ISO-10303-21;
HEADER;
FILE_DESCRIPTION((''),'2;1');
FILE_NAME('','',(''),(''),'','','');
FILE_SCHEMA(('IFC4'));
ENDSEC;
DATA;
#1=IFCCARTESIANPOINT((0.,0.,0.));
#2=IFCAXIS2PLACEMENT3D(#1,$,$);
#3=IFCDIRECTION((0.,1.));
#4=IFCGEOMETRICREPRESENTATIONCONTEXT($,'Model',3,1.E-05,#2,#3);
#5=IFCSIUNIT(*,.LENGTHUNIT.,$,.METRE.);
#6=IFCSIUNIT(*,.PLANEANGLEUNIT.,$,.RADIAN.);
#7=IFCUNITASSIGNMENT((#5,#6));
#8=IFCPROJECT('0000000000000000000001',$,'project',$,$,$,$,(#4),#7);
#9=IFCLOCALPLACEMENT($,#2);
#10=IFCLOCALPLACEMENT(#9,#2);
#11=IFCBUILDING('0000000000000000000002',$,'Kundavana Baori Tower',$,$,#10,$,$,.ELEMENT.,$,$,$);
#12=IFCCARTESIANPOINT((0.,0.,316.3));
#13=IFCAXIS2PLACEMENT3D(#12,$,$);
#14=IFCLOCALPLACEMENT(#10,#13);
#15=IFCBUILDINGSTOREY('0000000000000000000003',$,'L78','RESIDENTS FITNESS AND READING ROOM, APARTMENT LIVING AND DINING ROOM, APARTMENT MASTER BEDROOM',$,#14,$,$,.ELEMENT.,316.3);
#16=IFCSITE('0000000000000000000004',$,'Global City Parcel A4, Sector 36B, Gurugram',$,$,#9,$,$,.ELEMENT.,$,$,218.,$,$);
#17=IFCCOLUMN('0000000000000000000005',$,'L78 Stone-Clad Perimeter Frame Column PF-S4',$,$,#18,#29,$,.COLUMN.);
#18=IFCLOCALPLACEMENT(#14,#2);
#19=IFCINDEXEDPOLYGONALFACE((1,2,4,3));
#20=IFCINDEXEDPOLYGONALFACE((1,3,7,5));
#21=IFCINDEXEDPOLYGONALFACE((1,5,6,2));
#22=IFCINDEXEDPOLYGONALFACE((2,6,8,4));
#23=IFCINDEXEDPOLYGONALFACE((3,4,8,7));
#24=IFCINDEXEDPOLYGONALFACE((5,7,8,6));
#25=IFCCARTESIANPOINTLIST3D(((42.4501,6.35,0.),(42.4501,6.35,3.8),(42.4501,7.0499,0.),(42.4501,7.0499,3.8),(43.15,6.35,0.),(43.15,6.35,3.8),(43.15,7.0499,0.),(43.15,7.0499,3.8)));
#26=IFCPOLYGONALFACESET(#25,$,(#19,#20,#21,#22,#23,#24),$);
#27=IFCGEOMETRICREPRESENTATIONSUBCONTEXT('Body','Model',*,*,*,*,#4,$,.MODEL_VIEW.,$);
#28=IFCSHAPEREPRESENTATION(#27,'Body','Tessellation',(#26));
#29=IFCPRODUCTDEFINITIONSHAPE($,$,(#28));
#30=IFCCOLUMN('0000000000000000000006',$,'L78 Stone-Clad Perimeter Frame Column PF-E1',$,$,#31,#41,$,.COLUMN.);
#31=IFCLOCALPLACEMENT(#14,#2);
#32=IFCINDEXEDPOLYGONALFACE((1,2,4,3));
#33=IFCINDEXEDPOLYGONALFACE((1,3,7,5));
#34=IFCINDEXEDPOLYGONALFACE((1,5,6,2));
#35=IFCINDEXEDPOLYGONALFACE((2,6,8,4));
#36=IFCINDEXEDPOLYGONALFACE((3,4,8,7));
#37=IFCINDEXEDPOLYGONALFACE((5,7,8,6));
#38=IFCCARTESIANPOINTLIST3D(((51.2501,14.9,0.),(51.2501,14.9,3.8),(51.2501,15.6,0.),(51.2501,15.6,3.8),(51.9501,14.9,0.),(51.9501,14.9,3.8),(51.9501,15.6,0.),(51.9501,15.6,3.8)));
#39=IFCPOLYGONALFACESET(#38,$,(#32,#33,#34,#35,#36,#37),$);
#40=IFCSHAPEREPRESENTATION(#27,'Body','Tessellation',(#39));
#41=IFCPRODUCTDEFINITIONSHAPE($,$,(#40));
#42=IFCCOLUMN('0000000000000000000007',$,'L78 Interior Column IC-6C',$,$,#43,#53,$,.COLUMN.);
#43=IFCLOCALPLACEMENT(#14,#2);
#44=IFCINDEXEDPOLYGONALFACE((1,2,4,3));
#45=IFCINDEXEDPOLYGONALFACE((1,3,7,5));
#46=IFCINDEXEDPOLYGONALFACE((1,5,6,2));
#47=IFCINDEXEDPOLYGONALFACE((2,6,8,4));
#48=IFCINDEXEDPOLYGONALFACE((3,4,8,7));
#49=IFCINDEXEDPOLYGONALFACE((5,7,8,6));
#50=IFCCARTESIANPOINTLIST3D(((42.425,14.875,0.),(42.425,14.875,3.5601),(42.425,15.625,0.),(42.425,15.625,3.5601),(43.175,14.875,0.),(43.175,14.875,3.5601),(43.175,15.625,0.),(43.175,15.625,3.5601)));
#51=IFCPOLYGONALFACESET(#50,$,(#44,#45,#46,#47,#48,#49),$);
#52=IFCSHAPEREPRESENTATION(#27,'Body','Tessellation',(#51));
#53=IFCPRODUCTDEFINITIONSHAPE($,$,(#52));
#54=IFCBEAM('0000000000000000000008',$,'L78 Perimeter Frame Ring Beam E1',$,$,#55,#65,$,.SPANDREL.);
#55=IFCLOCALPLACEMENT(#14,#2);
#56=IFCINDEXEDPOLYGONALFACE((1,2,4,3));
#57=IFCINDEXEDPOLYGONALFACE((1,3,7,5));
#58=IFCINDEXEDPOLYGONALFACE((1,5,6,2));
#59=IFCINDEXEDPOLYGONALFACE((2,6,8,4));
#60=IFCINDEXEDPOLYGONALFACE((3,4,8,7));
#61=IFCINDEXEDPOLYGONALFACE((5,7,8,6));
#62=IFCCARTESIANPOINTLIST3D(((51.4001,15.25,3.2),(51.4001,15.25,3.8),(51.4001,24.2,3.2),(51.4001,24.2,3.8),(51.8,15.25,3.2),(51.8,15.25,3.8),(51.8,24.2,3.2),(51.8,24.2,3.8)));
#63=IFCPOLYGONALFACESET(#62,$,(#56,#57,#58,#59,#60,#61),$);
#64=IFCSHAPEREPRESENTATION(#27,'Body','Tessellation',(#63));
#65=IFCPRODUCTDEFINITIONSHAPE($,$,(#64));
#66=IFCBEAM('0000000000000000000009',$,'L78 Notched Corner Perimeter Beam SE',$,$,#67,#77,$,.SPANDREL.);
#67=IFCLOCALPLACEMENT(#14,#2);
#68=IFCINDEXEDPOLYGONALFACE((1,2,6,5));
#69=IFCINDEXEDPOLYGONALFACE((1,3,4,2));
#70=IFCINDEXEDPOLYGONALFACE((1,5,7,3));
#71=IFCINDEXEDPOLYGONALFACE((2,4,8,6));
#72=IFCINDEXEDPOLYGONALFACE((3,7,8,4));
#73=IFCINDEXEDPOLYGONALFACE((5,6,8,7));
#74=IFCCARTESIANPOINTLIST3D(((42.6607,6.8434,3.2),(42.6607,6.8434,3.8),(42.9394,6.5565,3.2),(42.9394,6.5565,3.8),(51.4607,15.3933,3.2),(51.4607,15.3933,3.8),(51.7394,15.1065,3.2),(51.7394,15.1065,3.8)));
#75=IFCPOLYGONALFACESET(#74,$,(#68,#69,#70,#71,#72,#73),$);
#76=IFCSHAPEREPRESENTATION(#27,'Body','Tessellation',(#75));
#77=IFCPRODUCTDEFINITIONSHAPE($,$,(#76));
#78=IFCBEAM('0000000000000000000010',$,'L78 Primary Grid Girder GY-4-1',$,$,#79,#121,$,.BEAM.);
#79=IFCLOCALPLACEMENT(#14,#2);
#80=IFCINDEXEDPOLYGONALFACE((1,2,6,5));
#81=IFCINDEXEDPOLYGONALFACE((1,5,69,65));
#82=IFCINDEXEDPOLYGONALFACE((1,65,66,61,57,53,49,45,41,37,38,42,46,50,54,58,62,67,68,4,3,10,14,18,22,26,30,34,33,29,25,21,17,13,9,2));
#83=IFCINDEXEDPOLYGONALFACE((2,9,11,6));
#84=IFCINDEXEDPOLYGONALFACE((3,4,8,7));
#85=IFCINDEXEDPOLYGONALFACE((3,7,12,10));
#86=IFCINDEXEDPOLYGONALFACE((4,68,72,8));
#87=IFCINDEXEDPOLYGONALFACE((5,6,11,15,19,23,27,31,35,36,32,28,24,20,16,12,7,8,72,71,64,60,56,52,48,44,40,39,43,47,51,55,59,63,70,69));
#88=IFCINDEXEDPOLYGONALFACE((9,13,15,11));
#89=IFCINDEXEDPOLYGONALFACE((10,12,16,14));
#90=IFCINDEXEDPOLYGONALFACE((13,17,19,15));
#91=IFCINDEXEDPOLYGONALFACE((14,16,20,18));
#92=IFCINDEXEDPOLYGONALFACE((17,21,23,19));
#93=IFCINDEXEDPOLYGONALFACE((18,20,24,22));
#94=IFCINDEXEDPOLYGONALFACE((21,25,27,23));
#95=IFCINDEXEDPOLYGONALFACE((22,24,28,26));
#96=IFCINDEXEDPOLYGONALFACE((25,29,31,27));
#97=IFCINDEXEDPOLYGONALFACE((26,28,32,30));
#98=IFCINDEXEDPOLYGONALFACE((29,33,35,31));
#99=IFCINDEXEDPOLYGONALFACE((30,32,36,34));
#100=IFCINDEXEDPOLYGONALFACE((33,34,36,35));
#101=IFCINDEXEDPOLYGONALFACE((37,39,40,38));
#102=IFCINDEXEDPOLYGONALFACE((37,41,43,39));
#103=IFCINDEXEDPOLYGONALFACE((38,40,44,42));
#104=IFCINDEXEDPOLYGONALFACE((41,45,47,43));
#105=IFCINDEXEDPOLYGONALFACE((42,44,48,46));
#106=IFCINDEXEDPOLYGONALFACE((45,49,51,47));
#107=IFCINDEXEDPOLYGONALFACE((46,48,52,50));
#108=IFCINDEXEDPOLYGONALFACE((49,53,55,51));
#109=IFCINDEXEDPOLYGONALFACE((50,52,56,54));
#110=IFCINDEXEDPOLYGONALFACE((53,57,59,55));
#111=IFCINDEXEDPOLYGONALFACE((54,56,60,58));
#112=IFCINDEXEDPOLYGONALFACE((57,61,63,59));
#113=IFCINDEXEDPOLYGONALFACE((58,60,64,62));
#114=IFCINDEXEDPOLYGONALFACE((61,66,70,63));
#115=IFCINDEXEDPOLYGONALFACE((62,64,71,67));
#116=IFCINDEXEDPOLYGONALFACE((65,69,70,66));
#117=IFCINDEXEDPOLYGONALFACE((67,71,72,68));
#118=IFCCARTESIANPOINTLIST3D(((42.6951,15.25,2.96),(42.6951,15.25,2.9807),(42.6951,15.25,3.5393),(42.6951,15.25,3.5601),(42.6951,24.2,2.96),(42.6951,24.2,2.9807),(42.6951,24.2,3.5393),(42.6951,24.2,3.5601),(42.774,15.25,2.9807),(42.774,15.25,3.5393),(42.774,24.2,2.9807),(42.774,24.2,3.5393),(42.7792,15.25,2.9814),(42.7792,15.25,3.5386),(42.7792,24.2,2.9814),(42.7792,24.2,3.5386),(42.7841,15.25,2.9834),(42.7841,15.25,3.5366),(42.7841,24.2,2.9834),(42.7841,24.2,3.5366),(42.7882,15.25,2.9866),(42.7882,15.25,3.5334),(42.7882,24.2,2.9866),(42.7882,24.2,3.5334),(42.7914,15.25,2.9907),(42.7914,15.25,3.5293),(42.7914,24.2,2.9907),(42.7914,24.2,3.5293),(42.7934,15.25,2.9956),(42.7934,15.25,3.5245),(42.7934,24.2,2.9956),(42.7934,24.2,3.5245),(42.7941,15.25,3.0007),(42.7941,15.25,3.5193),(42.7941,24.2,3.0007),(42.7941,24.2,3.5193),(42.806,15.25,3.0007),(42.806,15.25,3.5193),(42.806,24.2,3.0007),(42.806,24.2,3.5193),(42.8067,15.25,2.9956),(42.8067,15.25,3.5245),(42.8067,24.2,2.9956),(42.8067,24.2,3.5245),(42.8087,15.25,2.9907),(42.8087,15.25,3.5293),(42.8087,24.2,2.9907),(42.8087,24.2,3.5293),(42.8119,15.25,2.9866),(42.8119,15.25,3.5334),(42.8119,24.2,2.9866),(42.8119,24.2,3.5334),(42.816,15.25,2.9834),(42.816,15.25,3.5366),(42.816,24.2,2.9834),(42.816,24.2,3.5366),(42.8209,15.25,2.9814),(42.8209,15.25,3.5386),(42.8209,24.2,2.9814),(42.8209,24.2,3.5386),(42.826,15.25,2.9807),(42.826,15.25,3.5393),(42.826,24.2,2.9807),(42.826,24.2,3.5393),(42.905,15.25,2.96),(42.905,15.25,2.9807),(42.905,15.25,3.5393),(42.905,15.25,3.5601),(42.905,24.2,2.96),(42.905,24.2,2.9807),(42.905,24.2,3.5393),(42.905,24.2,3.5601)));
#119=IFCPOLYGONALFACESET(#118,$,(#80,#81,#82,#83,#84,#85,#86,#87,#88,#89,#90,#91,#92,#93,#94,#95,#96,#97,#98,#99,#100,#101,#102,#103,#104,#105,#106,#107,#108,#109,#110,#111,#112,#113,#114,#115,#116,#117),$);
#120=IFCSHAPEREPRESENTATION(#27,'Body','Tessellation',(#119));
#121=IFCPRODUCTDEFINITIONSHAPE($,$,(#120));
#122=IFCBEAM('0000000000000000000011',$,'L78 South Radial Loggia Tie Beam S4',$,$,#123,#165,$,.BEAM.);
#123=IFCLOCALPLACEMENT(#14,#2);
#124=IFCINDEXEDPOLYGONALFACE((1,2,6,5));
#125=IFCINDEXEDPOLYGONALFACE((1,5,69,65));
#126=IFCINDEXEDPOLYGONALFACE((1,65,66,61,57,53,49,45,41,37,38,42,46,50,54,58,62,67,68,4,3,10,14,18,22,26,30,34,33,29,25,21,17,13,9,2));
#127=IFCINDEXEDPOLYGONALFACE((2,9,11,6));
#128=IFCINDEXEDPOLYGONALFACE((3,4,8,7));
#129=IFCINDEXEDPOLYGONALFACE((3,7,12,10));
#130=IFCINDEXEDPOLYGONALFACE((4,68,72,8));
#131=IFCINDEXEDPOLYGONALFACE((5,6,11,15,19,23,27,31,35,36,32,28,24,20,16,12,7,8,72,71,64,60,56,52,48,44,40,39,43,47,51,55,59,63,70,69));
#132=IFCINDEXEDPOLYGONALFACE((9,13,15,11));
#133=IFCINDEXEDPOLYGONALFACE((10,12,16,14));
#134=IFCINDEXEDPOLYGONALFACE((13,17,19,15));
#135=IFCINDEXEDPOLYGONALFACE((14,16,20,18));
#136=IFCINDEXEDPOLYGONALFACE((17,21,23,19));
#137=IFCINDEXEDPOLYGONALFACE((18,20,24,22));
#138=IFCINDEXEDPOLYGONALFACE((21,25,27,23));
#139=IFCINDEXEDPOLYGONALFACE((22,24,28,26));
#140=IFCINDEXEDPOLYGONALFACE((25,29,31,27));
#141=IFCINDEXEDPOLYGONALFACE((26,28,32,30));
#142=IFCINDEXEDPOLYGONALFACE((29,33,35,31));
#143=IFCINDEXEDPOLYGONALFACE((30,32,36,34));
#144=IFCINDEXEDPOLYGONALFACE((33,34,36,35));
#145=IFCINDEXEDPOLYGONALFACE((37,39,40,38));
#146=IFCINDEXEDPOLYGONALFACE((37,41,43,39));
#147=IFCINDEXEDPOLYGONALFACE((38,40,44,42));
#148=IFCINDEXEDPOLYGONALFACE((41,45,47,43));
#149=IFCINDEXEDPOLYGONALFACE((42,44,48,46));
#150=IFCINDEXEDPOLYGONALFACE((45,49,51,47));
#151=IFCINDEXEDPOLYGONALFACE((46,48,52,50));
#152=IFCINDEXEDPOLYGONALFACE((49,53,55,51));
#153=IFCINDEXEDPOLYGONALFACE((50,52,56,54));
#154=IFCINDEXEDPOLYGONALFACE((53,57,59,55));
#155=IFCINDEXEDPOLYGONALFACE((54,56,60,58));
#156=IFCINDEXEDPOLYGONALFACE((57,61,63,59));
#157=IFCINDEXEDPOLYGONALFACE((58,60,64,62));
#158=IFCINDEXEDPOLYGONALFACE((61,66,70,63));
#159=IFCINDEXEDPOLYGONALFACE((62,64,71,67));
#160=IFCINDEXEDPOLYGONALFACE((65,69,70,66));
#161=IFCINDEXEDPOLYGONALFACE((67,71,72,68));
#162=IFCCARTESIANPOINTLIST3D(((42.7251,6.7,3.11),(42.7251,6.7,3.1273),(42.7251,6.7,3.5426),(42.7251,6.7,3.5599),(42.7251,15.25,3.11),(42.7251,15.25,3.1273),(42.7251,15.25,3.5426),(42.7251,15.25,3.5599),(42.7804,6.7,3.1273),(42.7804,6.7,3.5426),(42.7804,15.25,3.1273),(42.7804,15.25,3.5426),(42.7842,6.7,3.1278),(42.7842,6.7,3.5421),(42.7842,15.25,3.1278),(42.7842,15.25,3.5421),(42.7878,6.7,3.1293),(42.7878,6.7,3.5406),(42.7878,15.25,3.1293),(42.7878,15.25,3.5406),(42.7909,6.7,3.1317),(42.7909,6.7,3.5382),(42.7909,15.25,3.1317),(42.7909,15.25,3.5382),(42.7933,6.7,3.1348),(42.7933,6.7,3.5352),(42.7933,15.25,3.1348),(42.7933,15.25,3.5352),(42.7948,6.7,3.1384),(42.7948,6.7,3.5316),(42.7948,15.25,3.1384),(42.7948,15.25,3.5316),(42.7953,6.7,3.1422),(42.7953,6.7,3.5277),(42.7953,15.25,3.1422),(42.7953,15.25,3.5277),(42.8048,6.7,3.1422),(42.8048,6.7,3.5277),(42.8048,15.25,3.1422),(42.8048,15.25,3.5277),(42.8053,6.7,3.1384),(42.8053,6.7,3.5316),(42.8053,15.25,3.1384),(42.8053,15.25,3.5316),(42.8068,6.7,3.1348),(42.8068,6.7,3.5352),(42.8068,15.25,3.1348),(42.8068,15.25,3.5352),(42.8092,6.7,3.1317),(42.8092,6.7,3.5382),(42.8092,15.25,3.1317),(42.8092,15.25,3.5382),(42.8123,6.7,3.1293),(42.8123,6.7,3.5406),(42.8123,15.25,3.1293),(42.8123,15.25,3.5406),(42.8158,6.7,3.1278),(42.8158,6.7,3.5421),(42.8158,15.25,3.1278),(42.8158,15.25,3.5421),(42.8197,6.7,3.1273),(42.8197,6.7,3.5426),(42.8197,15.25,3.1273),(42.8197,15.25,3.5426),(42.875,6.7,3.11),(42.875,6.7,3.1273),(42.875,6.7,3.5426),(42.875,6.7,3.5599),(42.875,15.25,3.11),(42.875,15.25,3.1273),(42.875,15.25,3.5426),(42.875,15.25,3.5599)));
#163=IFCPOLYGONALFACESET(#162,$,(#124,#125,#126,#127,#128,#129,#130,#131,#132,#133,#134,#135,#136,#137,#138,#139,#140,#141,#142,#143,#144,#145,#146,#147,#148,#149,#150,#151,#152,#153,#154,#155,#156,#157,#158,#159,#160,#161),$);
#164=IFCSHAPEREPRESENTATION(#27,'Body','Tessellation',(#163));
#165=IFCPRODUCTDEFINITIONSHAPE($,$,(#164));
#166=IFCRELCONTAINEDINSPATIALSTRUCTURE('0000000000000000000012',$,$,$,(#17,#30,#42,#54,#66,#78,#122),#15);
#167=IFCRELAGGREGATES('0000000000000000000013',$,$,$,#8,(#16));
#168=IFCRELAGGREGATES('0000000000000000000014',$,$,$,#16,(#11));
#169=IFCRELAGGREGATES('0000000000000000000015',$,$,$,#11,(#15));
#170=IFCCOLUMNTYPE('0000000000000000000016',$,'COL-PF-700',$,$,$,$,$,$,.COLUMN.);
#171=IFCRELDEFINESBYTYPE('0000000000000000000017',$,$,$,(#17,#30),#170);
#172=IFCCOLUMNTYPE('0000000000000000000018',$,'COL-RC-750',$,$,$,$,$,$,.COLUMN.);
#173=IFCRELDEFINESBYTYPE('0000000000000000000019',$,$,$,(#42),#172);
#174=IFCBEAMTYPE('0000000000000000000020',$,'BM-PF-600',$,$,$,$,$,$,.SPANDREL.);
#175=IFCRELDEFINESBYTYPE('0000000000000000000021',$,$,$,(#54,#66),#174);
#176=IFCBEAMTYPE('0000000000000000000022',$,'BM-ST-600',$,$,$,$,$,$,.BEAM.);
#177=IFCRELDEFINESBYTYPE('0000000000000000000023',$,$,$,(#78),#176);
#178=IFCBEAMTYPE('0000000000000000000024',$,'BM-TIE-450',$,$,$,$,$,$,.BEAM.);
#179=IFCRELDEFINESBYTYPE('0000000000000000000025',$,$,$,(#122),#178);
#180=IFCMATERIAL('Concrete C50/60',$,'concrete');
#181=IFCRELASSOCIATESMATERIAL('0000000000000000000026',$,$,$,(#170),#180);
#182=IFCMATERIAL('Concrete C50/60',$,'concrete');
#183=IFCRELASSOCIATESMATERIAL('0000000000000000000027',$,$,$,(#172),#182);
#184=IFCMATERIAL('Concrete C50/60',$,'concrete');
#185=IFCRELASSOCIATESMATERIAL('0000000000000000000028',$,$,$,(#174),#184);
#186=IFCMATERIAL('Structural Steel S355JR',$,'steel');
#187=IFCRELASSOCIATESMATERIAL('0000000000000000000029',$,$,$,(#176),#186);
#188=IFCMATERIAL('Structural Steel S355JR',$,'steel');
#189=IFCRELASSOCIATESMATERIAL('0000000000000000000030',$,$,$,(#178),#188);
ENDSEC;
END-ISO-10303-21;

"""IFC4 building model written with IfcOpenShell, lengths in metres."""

from ifc_helpers import new_model, si_unit, direction, frame, origin, origin_2d, place, context, subcontext, project, spatial, rectangle, i_section, extrude, material, material_profile, profile_set, type_object, element, save


model = new_model("IFC4")

# Units and contexts
model_context = context("Model", 3, precision=1e-05, world=origin(), true_north=direction((0.0, 1.0)))
body_context = subcontext(model_context, "Body", "Model", "MODEL_VIEW")
ifc_project = project(units=[si_unit("LENGTHUNIT", "METRE"), si_unit("PLANEANGLEUNIT", "RADIAN")], contexts=[model_context])

# Site, building, storey
site_placement = place(None, origin())
site = spatial("IfcSite", under=ifc_project, at=site_placement, Name="Global City Parcel A4, Sector 36B, Gurugram", CompositionType="ELEMENT", RefElevation=218.0)
building_placement = place(site_placement, origin())
building = spatial("IfcBuilding", under=site, at=building_placement, Name="Kundavana Baori Tower", CompositionType="ELEMENT")
storey_placement = place(building_placement, frame((0.0, 0.0, 316.3)))
storey = spatial("IfcBuildingStorey", under=building, at=storey_placement, Name="L78", Description="RESIDENTS FITNESS AND READING ROOM, APARTMENT LIVING AND DINING ROOM, APARTMENT MASTER BEDROOM", CompositionType="ELEMENT", Elevation=316.3)

# Columns
ifc_material_1 = material(Name="Concrete C50/60", Category="concrete")
ifc_material_profile_1 = material_profile(ifc_material_1, rectangle(XDim=0.7, YDim=0.7, at=origin_2d()), Name="RC PF 700x700")
ifc_profile_set_1 = profile_set([ifc_material_profile_1], Name="Concrete C50/60")
column_type_1 = type_object("IfcColumnType", Name="COL-PF-700", PredefinedType="COLUMN", material=ifc_profile_set_1)
for number, where, z_axis, x_axis, name in (
    (1, (42.8, 6.7, 0.0), (0.0, 0.0, 1.0), (1.0, 0.0, 0.0), "L78 Stone-Clad Perimeter Frame Column PF-S4"),
    (2, (51.6001, 15.25, 0.0), (0.0, 0.0, 1.0), (1.0, 0.0, 0.0), "L78 Stone-Clad Perimeter Frame Column PF-E1"),
):
    element("IfcColumn", number, at=place(storey_placement, frame(where, z_axis=z_axis, x_axis=x_axis)), inside=storey, type_object=column_type_1, Name=name, PredefinedType="COLUMN", context=body_context, shape_type="SweptSolid", body=[
        extrude(rectangle(XDim=0.7, YDim=0.7, at=origin_2d()), origin(), (0.0, 0.0, 1.0), 3.8),
    ])
ifc_material_2 = material(Name="Concrete C50/60", Category="concrete")
ifc_material_profile_2 = material_profile(ifc_material_2, rectangle(XDim=0.75, YDim=0.75, at=origin_2d()), Name="RC 750x750")
ifc_profile_set_2 = profile_set([ifc_material_profile_2], Name="Concrete C50/60")
column_type_2 = type_object("IfcColumnType", Name="COL-RC-750", PredefinedType="COLUMN", material=ifc_profile_set_2)
column_placement = place(storey_placement, frame((42.8, 15.25, 0.0), z_axis=(0.0, 0.0, 1.0), x_axis=(1.0, 0.0, 0.0)))
element("IfcColumn", 3, at=column_placement, inside=storey, type_object=column_type_2, Name="L78 Interior Column IC-6C", PredefinedType="COLUMN", context=body_context, shape_type="SweptSolid", body=[
    extrude(rectangle(XDim=0.75, YDim=0.75, at=origin_2d()), origin(), (0.0, 0.0, 1.0), 3.5601),
])

# Beams
ifc_material_3 = material(Name="Concrete C50/60", Category="concrete")
ifc_material_profile_3 = material_profile(ifc_material_3, rectangle(XDim=0.3999, YDim=0.6001, at=origin_2d()), Name="RC BM 400x600")
ifc_profile_set_3 = profile_set([ifc_material_profile_3], Name="Concrete C50/60")
beam_type_1 = type_object("IfcBeamType", Name="BM-PF-600", PredefinedType="SPANDREL", material=ifc_profile_set_3)
beam_1_placement = place(storey_placement, frame((51.6001, 15.25, 3.5), z_axis=(0.0, 1.0, 0.0), x_axis=(-1.0, 0.0, 0.0)))
element("IfcBeam", 4, at=beam_1_placement, inside=storey, type_object=beam_type_1, Name="L78 Perimeter Frame Ring Beam E1", PredefinedType="SPANDREL", context=body_context, shape_type="SweptSolid", body=[
    extrude(rectangle(XDim=0.3999, YDim=0.6001, at=origin_2d()), origin(), (0.0, 0.0, 1.0), 8.95),
])
beam_2_placement = place(storey_placement, frame((42.8, 6.7, 3.5), z_axis=(0.717221, 0.696846, 0.0), x_axis=(-0.696846, 0.717221, 0.0)))
element("IfcBeam", 5, at=beam_2_placement, inside=storey, type_object=beam_type_1, Name="L78 Notched Corner Perimeter Beam SE", PredefinedType="SPANDREL", context=body_context, shape_type="SweptSolid", body=[
    extrude(rectangle(XDim=0.3999, YDim=0.6001, at=origin_2d()), origin(), (0.0, 0.0, 1.0), 12.2695),
])
ifc_material_4 = material(Name="Structural Steel S355JR", Category="steel")
ifc_material_profile_4 = material_profile(ifc_material_4, i_section(OverallWidth=0.21, OverallDepth=0.6001, WebThickness=0.012, FlangeThickness=0.0208, FilletRadius=0.02, at=origin_2d()), Name="ISMB 600")
ifc_profile_set_4 = profile_set([ifc_material_profile_4], Name="Structural Steel S355JR")
beam_type_2 = type_object("IfcBeamType", Name="BM-ST-600", PredefinedType="BEAM", material=ifc_profile_set_4)
beam_3_placement = place(storey_placement, frame((42.8, 15.25, 3.26), z_axis=(0.0, 1.0, 0.0), x_axis=(-1.0, 0.0, 0.0)))
element("IfcBeam", 6, at=beam_3_placement, inside=storey, type_object=beam_type_2, Name="L78 Primary Grid Girder GY-4-1", PredefinedType="BEAM", context=body_context, shape_type="SweptSolid", body=[
    extrude(i_section(OverallWidth=0.21, OverallDepth=0.6001, WebThickness=0.012, FlangeThickness=0.0208, FilletRadius=0.02, at=origin_2d()), origin(), (0.0, 0.0, 1.0), 8.95),
])
ifc_material_5 = material(Name="Structural Steel S355JR", Category="steel")
ifc_material_profile_5 = material_profile(ifc_material_5, i_section(OverallWidth=0.1499, OverallDepth=0.45, WebThickness=0.0095, FlangeThickness=0.0173, FilletRadius=0.0149, at=origin_2d()), Name="ISMB 450")
ifc_profile_set_5 = profile_set([ifc_material_profile_5], Name="Structural Steel S355JR")
beam_type_3 = type_object("IfcBeamType", Name="BM-TIE-450", PredefinedType="BEAM", material=ifc_profile_set_5)
beam_4_placement = place(storey_placement, frame((42.8, 15.25, 3.335), z_axis=(0.0, -1.0, 0.0), x_axis=(1.0, 0.0, 0.0)))
element("IfcBeam", 7, at=beam_4_placement, inside=storey, type_object=beam_type_3, Name="L78 South Radial Loggia Tie Beam S4", PredefinedType="BEAM", context=body_context, shape_type="SweptSolid", body=[
    extrude(i_section(OverallWidth=0.1499, OverallDepth=0.45, WebThickness=0.0095, FlangeThickness=0.0173, FilletRadius=0.0149, at=origin_2d()), origin(), (0.0, 0.0, 1.0), 8.55),
])

save(model, "model.ifc")
